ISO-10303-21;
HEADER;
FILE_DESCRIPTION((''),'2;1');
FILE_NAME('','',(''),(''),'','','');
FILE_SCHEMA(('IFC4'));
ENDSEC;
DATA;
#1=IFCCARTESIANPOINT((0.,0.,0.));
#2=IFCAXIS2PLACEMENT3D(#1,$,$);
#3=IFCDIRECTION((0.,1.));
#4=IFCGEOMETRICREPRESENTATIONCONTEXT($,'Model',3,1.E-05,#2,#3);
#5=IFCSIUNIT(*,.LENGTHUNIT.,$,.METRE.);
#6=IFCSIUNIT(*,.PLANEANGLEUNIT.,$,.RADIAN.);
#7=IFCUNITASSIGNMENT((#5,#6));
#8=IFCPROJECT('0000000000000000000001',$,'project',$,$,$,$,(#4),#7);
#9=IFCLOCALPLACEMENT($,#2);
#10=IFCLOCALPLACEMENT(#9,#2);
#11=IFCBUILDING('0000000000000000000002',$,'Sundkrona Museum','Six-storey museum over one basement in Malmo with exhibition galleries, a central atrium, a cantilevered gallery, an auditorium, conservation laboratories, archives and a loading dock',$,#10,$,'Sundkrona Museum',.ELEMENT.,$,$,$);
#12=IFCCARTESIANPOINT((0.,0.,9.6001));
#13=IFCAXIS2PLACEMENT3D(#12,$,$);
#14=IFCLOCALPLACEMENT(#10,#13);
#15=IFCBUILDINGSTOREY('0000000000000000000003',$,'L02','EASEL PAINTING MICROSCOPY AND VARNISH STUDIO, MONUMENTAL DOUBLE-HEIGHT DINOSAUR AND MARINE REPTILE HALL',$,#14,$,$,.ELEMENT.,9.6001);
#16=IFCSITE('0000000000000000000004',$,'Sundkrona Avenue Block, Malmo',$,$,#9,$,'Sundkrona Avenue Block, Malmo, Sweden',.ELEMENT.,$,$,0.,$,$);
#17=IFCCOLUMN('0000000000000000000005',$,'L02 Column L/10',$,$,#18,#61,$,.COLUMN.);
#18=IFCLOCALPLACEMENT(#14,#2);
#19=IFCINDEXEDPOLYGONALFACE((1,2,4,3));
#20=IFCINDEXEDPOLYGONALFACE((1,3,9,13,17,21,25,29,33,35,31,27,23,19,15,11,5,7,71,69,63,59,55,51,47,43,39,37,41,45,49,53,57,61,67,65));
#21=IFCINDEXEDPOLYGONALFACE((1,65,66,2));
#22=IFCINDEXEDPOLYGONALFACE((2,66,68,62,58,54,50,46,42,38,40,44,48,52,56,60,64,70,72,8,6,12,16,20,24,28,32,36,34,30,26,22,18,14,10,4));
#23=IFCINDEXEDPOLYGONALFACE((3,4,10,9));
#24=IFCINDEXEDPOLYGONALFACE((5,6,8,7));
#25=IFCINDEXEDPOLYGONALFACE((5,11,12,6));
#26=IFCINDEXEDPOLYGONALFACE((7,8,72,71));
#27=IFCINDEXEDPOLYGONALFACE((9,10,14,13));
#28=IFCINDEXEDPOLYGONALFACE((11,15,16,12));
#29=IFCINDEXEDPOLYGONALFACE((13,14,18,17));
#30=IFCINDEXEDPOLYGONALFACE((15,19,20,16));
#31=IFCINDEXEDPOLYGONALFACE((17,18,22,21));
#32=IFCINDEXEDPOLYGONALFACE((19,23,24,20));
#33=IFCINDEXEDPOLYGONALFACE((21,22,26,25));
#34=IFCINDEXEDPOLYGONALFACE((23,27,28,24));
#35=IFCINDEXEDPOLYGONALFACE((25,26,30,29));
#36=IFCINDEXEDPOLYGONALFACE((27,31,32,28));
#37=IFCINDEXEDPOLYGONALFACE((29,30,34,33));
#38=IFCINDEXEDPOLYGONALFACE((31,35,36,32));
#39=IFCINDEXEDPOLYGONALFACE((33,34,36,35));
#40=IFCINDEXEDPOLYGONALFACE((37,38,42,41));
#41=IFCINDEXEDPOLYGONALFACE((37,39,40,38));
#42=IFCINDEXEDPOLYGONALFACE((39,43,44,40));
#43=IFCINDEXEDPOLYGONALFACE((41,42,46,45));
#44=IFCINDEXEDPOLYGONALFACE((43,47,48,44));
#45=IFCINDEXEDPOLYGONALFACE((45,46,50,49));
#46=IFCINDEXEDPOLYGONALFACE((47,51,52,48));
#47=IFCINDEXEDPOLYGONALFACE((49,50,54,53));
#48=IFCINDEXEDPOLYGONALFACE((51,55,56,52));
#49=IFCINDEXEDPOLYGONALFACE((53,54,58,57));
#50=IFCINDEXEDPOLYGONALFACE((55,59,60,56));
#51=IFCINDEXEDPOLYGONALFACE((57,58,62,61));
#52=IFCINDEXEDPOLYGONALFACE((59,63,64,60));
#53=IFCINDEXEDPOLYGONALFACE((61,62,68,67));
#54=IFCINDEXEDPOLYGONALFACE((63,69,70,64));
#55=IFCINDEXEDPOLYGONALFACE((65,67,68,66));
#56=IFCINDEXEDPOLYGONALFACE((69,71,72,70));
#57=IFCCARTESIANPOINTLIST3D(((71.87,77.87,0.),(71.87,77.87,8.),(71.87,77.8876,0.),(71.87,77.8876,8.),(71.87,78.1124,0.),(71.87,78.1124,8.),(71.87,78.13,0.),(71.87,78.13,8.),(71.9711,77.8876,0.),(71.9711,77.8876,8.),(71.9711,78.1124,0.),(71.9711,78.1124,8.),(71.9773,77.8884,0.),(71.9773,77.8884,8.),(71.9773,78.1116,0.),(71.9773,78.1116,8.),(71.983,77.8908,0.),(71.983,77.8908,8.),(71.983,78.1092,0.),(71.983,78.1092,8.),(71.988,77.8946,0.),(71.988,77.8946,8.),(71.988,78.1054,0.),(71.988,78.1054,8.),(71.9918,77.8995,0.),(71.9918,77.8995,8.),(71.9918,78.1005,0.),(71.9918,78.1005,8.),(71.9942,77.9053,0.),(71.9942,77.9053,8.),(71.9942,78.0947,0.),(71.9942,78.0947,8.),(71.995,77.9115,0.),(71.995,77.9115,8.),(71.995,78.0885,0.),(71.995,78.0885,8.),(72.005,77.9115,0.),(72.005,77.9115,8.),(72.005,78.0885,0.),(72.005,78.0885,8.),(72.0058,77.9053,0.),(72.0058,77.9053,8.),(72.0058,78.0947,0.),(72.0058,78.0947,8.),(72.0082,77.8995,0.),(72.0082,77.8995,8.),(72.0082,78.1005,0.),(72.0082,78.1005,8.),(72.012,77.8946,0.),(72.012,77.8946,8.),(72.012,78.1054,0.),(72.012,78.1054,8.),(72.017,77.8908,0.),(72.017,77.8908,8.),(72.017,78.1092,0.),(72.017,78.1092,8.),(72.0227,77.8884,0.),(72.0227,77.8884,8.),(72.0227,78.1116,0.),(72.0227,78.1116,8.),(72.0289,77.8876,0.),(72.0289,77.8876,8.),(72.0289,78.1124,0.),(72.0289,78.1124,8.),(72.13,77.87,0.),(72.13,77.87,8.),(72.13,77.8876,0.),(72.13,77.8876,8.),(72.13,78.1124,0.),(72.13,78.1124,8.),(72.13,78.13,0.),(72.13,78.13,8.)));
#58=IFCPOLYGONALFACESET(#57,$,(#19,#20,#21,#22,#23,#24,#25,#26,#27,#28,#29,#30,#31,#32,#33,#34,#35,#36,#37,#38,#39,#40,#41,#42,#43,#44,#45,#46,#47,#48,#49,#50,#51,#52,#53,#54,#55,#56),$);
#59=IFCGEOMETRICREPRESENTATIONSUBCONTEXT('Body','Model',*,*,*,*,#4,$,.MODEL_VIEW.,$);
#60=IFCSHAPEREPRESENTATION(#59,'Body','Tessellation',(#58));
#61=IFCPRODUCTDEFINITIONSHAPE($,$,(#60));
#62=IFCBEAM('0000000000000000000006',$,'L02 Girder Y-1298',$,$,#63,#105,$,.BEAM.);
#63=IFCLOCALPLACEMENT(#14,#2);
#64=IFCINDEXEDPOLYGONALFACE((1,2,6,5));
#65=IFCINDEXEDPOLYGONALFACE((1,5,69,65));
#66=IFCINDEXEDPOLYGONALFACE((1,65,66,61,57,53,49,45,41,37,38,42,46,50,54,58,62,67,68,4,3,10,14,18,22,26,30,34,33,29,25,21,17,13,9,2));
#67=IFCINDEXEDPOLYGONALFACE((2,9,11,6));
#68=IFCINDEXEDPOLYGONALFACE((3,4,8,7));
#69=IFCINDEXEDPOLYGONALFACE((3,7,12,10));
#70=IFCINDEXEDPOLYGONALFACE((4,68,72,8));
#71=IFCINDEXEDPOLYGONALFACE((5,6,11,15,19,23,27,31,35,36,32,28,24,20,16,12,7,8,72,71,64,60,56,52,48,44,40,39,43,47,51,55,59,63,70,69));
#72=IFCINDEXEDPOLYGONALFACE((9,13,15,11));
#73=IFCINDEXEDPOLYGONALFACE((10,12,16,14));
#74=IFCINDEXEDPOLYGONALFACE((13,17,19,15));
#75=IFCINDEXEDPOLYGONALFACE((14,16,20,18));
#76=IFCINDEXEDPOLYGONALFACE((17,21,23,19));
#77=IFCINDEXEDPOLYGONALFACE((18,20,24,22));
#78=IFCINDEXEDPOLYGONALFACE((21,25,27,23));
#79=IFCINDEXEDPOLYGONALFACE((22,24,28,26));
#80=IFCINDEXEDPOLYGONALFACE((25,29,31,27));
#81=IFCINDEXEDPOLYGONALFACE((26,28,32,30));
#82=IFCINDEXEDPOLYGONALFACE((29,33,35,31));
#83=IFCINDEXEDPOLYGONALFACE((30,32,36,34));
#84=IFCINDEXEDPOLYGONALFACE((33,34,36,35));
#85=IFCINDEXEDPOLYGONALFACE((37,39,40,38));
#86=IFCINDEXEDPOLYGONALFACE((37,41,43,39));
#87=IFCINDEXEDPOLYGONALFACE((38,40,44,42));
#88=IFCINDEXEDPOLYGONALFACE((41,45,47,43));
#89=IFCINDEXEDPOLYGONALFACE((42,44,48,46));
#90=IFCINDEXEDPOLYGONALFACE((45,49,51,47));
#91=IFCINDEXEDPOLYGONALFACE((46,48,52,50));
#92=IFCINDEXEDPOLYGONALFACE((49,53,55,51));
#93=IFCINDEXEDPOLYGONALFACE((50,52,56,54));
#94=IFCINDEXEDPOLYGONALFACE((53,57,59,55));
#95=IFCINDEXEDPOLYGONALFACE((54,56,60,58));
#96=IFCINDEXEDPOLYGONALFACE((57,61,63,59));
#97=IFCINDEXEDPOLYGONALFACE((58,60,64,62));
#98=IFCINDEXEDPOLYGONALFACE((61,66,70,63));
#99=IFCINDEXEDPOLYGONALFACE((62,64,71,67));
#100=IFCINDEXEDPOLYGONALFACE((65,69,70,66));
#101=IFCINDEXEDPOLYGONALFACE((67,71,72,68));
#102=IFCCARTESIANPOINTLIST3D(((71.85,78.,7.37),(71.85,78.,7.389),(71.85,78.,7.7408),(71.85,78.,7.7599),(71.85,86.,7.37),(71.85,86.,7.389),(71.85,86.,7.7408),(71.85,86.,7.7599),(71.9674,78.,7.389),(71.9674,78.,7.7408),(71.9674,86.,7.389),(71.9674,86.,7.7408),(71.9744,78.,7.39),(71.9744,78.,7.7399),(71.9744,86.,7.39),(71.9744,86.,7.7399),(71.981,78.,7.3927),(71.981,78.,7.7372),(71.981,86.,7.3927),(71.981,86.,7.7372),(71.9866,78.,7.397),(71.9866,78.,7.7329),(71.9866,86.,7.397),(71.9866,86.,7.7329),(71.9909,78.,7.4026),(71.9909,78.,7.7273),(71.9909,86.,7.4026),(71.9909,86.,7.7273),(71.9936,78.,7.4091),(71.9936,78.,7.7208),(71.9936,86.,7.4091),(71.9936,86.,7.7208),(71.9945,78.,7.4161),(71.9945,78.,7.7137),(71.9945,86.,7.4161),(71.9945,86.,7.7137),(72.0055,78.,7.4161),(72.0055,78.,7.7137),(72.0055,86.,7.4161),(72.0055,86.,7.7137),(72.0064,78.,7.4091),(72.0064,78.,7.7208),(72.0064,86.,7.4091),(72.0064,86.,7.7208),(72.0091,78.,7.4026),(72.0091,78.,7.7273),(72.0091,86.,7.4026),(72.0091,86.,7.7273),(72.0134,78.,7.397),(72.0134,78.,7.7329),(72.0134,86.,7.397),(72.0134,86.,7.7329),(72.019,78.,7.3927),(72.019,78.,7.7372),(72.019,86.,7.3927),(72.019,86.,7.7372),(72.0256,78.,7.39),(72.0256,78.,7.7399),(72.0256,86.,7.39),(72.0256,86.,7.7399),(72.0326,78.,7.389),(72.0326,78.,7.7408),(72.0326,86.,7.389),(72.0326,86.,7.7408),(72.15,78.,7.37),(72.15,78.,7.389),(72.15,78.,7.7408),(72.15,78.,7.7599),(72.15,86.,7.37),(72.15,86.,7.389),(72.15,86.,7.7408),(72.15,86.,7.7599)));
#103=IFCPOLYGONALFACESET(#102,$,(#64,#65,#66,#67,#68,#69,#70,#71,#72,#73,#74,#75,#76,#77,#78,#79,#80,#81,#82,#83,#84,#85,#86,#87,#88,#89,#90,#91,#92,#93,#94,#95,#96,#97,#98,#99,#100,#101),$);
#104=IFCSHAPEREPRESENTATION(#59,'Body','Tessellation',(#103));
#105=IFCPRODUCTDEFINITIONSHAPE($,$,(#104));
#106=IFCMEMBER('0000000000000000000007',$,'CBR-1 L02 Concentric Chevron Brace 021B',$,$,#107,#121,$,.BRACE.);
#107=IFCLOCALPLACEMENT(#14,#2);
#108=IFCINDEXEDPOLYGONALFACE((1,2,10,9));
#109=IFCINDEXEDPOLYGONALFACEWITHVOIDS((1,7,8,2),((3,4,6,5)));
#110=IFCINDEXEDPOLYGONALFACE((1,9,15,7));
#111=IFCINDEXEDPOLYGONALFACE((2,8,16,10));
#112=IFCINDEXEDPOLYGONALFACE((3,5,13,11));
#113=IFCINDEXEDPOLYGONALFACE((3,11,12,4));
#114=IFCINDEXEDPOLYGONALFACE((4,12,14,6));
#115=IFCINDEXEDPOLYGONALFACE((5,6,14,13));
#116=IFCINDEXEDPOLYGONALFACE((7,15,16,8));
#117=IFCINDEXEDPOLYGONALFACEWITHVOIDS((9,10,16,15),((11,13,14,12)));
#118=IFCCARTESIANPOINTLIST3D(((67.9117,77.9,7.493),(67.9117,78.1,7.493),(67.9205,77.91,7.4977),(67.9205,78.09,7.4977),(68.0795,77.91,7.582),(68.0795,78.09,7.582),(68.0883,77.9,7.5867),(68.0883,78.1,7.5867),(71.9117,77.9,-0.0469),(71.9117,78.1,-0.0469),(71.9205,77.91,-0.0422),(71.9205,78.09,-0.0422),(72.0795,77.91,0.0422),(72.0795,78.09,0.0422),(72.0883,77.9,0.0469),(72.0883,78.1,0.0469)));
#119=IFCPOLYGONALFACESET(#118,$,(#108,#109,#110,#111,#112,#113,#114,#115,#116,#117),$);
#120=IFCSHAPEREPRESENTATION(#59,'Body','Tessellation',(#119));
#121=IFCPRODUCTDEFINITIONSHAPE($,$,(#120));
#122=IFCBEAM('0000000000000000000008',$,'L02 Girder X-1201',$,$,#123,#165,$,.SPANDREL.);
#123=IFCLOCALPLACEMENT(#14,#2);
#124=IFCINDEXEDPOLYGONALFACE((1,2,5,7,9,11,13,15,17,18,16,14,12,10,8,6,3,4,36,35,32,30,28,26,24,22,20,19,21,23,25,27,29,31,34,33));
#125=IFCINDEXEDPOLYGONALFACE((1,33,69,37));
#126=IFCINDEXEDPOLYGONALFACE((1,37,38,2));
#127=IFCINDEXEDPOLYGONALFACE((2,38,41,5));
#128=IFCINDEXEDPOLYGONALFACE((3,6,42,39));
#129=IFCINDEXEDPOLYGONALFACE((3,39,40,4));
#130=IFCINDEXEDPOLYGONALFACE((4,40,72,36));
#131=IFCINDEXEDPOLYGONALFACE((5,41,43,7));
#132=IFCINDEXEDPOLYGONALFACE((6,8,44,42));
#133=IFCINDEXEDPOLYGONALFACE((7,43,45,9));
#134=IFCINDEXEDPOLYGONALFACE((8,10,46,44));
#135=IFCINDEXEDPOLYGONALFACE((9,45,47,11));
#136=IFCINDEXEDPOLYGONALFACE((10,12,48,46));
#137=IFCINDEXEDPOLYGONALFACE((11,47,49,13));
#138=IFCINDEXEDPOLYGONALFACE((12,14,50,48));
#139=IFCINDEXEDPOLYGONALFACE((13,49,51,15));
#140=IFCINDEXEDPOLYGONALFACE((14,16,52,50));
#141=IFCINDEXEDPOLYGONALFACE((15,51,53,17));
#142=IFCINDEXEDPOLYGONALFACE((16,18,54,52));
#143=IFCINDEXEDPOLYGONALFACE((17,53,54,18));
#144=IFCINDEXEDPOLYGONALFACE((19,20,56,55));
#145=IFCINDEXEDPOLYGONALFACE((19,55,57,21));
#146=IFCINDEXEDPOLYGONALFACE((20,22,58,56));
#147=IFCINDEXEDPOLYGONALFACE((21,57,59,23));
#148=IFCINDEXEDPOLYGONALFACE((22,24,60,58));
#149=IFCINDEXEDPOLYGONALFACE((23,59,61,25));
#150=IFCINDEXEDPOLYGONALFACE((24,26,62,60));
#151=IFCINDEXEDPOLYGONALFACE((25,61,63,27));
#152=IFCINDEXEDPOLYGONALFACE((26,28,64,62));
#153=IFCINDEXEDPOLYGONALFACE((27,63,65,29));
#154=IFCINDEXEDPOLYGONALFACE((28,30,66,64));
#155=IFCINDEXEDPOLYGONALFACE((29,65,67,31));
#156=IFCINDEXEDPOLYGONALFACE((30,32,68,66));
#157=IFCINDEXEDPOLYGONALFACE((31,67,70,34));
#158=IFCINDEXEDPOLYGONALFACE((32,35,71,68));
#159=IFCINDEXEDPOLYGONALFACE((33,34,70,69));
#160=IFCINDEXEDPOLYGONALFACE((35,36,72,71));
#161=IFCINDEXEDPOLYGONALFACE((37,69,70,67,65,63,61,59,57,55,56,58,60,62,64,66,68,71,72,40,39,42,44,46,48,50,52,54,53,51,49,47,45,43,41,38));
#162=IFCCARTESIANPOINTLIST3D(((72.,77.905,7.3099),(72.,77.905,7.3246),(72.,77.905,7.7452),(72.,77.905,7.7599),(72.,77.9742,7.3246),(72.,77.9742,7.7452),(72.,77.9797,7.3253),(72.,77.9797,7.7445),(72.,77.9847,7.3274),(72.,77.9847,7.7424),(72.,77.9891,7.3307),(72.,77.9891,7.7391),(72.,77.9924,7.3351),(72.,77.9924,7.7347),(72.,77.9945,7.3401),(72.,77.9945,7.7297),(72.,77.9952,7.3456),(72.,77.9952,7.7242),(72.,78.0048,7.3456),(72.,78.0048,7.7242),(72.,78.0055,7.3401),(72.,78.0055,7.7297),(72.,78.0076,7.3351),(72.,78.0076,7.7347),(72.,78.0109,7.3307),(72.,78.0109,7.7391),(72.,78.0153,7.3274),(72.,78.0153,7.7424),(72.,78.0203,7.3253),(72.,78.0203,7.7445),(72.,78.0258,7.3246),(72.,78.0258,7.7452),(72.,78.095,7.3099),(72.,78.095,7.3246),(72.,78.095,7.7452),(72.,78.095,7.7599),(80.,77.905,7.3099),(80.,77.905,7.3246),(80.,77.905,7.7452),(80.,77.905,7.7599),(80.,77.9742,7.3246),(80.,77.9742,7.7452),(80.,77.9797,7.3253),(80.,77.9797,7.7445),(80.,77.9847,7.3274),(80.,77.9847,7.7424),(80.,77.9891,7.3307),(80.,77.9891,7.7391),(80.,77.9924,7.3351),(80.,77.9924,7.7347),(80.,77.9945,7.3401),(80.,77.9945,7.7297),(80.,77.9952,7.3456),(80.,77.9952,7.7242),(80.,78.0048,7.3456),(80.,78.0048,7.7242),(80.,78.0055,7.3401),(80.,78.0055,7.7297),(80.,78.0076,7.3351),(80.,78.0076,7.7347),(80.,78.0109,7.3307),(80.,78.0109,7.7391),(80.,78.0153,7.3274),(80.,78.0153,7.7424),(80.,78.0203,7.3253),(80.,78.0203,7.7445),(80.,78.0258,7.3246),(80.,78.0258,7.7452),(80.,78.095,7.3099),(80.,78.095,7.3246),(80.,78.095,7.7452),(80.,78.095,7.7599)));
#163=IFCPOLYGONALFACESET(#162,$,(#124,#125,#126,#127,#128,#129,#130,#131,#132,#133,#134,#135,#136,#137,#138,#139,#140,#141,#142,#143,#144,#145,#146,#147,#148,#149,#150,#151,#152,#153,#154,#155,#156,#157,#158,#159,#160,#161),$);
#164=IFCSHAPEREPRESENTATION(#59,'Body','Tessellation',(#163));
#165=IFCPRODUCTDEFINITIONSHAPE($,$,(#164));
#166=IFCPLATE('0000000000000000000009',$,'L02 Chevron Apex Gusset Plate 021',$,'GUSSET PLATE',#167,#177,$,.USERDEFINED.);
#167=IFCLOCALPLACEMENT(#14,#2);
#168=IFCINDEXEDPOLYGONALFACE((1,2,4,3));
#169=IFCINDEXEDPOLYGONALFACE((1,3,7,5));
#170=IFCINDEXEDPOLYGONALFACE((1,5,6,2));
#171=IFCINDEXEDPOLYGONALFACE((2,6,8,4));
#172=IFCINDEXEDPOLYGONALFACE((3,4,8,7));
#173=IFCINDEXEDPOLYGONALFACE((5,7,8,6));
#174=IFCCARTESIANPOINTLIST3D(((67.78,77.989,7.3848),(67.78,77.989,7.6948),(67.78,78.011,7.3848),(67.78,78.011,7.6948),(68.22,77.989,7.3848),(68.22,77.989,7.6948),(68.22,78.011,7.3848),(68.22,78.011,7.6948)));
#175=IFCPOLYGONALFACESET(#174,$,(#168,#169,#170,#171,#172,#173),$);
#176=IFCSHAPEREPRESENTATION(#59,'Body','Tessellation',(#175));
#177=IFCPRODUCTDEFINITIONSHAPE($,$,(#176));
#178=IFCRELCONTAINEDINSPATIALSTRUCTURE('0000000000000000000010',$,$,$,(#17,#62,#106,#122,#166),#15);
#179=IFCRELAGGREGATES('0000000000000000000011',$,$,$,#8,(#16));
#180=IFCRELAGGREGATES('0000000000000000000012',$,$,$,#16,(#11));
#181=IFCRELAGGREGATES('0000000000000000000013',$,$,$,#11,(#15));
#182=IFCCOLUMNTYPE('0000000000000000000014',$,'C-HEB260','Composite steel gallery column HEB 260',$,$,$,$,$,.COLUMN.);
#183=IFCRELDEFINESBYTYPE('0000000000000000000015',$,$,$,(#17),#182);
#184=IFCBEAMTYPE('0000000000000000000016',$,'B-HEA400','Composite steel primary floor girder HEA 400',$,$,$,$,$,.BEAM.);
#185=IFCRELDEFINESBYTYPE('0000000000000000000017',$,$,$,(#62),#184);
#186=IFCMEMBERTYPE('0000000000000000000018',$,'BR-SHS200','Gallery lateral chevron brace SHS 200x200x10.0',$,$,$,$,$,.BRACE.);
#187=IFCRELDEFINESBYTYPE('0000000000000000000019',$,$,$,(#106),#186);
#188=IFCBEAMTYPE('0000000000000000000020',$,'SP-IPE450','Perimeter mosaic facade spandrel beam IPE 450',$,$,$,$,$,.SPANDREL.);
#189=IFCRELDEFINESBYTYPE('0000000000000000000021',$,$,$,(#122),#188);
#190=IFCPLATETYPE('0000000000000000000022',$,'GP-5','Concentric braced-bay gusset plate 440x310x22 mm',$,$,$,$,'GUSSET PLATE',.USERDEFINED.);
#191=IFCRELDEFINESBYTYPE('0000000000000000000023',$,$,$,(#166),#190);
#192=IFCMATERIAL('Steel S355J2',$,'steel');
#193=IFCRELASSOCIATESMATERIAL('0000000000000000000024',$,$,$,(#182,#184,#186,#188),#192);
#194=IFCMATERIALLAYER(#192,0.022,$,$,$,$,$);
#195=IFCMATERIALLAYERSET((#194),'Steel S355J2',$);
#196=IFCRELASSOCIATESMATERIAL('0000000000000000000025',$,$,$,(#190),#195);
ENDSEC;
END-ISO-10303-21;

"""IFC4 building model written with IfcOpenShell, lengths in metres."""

from ifc_helpers import new_model, si_unit, direction, frame, origin, origin_2d, place, context, subcontext, project, spatial, rectangle, hollow_rectangle, i_section, extrude, material, layer, layer_set, material_profile, profile_set, type_object, element, save


model = new_model("IFC4")

# Units and contexts
model_context = context("Model", 3, precision=1e-05, world=origin(), true_north=direction((0.0, 1.0)))
body_context = subcontext(model_context, "Body", "Model", "MODEL_VIEW")
ifc_project = project(units=[si_unit("LENGTHUNIT", "METRE"), si_unit("PLANEANGLEUNIT", "RADIAN")], contexts=[model_context])

# Site, building, storey
site_placement = place(None, origin())
site = spatial("IfcSite", under=ifc_project, at=site_placement, Name="Sundkrona Avenue Block, Malmo", LongName="Sundkrona Avenue Block, Malmo, Sweden", CompositionType="ELEMENT", RefElevation=0.0)
building_placement = place(site_placement, origin())
building = spatial("IfcBuilding", under=site, at=building_placement, Name="Sundkrona Museum", Description="Six-storey museum over one basement in Malmo with exhibition galleries, a central atrium, a cantilevered gallery, an auditorium, conservation laboratories, archives and a loading dock", LongName="Sundkrona Museum", CompositionType="ELEMENT")
storey_placement = place(building_placement, frame((0.0, 0.0, 9.6001)))
storey = spatial("IfcBuildingStorey", under=building, at=storey_placement, Name="L02", Description="EASEL PAINTING MICROSCOPY AND VARNISH STUDIO, MONUMENTAL DOUBLE-HEIGHT DINOSAUR AND MARINE REPTILE HALL", CompositionType="ELEMENT", Elevation=9.6001)

# Column
ifc_material_1 = material(Name="Steel S355J2", Category="steel")
ifc_material_profile_1 = material_profile(ifc_material_1, i_section(OverallWidth=0.26, OverallDepth=0.26, WebThickness=0.01, FlangeThickness=0.0176, FilletRadius=0.0239, at=origin_2d()), Name="HEB 260")
ifc_profile_set_1 = profile_set([ifc_material_profile_1], Name="Steel S355J2")
column_type = type_object("IfcColumnType", Name="C-HEB260", Description="Composite steel gallery column HEB 260", PredefinedType="COLUMN", material=ifc_profile_set_1)
column_placement = place(storey_placement, frame((72.0, 78.0, 0.0), z_axis=(0.0, 0.0, 1.0), x_axis=(1.0, 0.0, 0.0)))
element("IfcColumn", 1, at=column_placement, inside=storey, type_object=column_type, Name="L02 Column L/10", PredefinedType="COLUMN", context=body_context, shape_type="SweptSolid", body=[
    extrude(i_section(OverallWidth=0.26, OverallDepth=0.26, WebThickness=0.01, FlangeThickness=0.0176, FilletRadius=0.0239, at=origin_2d()), origin(), (0.0, 0.0, 1.0), 8.0),
])

# Beam
ifc_material_profile_2 = material_profile(ifc_material_1, i_section(OverallWidth=0.3, OverallDepth=0.3899, WebThickness=0.011, FlangeThickness=0.019, FilletRadius=0.0271, at=origin_2d()), Name="HEA 400")
ifc_profile_set_2 = profile_set([ifc_material_profile_2], Name="Steel S355J2")
beam_type_1 = type_object("IfcBeamType", Name="B-HEA400", Description="Composite steel primary floor girder HEA 400", PredefinedType="BEAM", material=ifc_profile_set_2)
beam_1_placement = place(storey_placement, frame((72.0, 78.0, 7.5649), z_axis=(0.0, 1.0, 0.0), x_axis=(-1.0, 0.0, 0.0)))
element("IfcBeam", 2, at=beam_1_placement, inside=storey, type_object=beam_type_1, Name="L02 Girder Y-1298", PredefinedType="BEAM", context=body_context, shape_type="SweptSolid", body=[
    extrude(i_section(OverallWidth=0.3, OverallDepth=0.3899, WebThickness=0.011, FlangeThickness=0.019, FilletRadius=0.0271, at=origin_2d()), origin(), (0.0, 0.0, 1.0), 8.0),
])

# Member
ifc_material_profile_3 = material_profile(ifc_material_1, hollow_rectangle(XDim=0.2, YDim=0.2, WallThickness=0.01, at=origin_2d()), Name="SHS 200x200x10.0")
ifc_profile_set_3 = profile_set([ifc_material_profile_3], Name="Steel S355J2")
member_type = type_object("IfcMemberType", Name="BR-SHS200", Description="Gallery lateral chevron brace SHS 200x200x10.0", PredefinedType="BRACE", material=ifc_profile_set_3)
member_placement = place(storey_placement, frame((72.0, 78.0, 0.0), z_axis=(-0.468651, 0.0, 0.883383), x_axis=(0.0, -1.0, 0.0)))
element("IfcMember", 3, at=member_placement, inside=storey, type_object=member_type, Name="CBR-1 L02 Concentric Chevron Brace 021B", PredefinedType="BRACE", context=body_context, shape_type="SweptSolid", body=[
    extrude(hollow_rectangle(XDim=0.2, YDim=0.2, WallThickness=0.01, at=origin_2d()), origin(), (0.0, 0.0, 1.0), 8.5352),
])

# Beam
ifc_material_profile_4 = material_profile(ifc_material_1, i_section(OverallWidth=0.1899, OverallDepth=0.45, WebThickness=0.0095, FlangeThickness=0.0146, FilletRadius=0.021, at=origin_2d()), Name="IPE 450")
ifc_profile_set_4 = profile_set([ifc_material_profile_4], Name="Steel S355J2")
beam_type_2 = type_object("IfcBeamType", Name="SP-IPE450", Description="Perimeter mosaic facade spandrel beam IPE 450", PredefinedType="SPANDREL", material=ifc_profile_set_4)
beam_2_placement = place(storey_placement, frame((72.0, 78.0, 7.5349), z_axis=(1.0, 0.0, 0.0), x_axis=(0.0, 1.0, 0.0)))
element("IfcBeam", 4, at=beam_2_placement, inside=storey, type_object=beam_type_2, Name="L02 Girder X-1201", PredefinedType="SPANDREL", context=body_context, shape_type="SweptSolid", body=[
    extrude(i_section(OverallWidth=0.1899, OverallDepth=0.45, WebThickness=0.0095, FlangeThickness=0.0146, FilletRadius=0.021, at=origin_2d()), origin(), (0.0, 0.0, 1.0), 8.0),
])

# Plate
ifc_layer_1 = layer(ifc_material_1, 0.022)
ifc_layer_set_1 = layer_set([ifc_layer_1], Name="Steel S355J2")
plate_type = type_object("IfcPlateType", Name="GP-5", Description="Concentric braced-bay gusset plate 440x310x22 mm", ElementType="GUSSET PLATE", PredefinedType="USERDEFINED", material=ifc_layer_set_1)
plate_placement = place(storey_placement, frame((68.0, 78.0, 7.3848), z_axis=(0.0, 0.0, 1.0), x_axis=(1.0, 0.0, 0.0)))
element("IfcPlate", 5, at=plate_placement, inside=storey, type_object=plate_type, Name="L02 Chevron Apex Gusset Plate 021", ObjectType="GUSSET PLATE", PredefinedType="USERDEFINED", context=body_context, shape_type="SweptSolid", body=[
    extrude(rectangle(XDim=0.4399, YDim=0.022, at=origin_2d()), origin(), (0.0, 0.0, 1.0), 0.3101),
])

save(model, "model.ifc")
